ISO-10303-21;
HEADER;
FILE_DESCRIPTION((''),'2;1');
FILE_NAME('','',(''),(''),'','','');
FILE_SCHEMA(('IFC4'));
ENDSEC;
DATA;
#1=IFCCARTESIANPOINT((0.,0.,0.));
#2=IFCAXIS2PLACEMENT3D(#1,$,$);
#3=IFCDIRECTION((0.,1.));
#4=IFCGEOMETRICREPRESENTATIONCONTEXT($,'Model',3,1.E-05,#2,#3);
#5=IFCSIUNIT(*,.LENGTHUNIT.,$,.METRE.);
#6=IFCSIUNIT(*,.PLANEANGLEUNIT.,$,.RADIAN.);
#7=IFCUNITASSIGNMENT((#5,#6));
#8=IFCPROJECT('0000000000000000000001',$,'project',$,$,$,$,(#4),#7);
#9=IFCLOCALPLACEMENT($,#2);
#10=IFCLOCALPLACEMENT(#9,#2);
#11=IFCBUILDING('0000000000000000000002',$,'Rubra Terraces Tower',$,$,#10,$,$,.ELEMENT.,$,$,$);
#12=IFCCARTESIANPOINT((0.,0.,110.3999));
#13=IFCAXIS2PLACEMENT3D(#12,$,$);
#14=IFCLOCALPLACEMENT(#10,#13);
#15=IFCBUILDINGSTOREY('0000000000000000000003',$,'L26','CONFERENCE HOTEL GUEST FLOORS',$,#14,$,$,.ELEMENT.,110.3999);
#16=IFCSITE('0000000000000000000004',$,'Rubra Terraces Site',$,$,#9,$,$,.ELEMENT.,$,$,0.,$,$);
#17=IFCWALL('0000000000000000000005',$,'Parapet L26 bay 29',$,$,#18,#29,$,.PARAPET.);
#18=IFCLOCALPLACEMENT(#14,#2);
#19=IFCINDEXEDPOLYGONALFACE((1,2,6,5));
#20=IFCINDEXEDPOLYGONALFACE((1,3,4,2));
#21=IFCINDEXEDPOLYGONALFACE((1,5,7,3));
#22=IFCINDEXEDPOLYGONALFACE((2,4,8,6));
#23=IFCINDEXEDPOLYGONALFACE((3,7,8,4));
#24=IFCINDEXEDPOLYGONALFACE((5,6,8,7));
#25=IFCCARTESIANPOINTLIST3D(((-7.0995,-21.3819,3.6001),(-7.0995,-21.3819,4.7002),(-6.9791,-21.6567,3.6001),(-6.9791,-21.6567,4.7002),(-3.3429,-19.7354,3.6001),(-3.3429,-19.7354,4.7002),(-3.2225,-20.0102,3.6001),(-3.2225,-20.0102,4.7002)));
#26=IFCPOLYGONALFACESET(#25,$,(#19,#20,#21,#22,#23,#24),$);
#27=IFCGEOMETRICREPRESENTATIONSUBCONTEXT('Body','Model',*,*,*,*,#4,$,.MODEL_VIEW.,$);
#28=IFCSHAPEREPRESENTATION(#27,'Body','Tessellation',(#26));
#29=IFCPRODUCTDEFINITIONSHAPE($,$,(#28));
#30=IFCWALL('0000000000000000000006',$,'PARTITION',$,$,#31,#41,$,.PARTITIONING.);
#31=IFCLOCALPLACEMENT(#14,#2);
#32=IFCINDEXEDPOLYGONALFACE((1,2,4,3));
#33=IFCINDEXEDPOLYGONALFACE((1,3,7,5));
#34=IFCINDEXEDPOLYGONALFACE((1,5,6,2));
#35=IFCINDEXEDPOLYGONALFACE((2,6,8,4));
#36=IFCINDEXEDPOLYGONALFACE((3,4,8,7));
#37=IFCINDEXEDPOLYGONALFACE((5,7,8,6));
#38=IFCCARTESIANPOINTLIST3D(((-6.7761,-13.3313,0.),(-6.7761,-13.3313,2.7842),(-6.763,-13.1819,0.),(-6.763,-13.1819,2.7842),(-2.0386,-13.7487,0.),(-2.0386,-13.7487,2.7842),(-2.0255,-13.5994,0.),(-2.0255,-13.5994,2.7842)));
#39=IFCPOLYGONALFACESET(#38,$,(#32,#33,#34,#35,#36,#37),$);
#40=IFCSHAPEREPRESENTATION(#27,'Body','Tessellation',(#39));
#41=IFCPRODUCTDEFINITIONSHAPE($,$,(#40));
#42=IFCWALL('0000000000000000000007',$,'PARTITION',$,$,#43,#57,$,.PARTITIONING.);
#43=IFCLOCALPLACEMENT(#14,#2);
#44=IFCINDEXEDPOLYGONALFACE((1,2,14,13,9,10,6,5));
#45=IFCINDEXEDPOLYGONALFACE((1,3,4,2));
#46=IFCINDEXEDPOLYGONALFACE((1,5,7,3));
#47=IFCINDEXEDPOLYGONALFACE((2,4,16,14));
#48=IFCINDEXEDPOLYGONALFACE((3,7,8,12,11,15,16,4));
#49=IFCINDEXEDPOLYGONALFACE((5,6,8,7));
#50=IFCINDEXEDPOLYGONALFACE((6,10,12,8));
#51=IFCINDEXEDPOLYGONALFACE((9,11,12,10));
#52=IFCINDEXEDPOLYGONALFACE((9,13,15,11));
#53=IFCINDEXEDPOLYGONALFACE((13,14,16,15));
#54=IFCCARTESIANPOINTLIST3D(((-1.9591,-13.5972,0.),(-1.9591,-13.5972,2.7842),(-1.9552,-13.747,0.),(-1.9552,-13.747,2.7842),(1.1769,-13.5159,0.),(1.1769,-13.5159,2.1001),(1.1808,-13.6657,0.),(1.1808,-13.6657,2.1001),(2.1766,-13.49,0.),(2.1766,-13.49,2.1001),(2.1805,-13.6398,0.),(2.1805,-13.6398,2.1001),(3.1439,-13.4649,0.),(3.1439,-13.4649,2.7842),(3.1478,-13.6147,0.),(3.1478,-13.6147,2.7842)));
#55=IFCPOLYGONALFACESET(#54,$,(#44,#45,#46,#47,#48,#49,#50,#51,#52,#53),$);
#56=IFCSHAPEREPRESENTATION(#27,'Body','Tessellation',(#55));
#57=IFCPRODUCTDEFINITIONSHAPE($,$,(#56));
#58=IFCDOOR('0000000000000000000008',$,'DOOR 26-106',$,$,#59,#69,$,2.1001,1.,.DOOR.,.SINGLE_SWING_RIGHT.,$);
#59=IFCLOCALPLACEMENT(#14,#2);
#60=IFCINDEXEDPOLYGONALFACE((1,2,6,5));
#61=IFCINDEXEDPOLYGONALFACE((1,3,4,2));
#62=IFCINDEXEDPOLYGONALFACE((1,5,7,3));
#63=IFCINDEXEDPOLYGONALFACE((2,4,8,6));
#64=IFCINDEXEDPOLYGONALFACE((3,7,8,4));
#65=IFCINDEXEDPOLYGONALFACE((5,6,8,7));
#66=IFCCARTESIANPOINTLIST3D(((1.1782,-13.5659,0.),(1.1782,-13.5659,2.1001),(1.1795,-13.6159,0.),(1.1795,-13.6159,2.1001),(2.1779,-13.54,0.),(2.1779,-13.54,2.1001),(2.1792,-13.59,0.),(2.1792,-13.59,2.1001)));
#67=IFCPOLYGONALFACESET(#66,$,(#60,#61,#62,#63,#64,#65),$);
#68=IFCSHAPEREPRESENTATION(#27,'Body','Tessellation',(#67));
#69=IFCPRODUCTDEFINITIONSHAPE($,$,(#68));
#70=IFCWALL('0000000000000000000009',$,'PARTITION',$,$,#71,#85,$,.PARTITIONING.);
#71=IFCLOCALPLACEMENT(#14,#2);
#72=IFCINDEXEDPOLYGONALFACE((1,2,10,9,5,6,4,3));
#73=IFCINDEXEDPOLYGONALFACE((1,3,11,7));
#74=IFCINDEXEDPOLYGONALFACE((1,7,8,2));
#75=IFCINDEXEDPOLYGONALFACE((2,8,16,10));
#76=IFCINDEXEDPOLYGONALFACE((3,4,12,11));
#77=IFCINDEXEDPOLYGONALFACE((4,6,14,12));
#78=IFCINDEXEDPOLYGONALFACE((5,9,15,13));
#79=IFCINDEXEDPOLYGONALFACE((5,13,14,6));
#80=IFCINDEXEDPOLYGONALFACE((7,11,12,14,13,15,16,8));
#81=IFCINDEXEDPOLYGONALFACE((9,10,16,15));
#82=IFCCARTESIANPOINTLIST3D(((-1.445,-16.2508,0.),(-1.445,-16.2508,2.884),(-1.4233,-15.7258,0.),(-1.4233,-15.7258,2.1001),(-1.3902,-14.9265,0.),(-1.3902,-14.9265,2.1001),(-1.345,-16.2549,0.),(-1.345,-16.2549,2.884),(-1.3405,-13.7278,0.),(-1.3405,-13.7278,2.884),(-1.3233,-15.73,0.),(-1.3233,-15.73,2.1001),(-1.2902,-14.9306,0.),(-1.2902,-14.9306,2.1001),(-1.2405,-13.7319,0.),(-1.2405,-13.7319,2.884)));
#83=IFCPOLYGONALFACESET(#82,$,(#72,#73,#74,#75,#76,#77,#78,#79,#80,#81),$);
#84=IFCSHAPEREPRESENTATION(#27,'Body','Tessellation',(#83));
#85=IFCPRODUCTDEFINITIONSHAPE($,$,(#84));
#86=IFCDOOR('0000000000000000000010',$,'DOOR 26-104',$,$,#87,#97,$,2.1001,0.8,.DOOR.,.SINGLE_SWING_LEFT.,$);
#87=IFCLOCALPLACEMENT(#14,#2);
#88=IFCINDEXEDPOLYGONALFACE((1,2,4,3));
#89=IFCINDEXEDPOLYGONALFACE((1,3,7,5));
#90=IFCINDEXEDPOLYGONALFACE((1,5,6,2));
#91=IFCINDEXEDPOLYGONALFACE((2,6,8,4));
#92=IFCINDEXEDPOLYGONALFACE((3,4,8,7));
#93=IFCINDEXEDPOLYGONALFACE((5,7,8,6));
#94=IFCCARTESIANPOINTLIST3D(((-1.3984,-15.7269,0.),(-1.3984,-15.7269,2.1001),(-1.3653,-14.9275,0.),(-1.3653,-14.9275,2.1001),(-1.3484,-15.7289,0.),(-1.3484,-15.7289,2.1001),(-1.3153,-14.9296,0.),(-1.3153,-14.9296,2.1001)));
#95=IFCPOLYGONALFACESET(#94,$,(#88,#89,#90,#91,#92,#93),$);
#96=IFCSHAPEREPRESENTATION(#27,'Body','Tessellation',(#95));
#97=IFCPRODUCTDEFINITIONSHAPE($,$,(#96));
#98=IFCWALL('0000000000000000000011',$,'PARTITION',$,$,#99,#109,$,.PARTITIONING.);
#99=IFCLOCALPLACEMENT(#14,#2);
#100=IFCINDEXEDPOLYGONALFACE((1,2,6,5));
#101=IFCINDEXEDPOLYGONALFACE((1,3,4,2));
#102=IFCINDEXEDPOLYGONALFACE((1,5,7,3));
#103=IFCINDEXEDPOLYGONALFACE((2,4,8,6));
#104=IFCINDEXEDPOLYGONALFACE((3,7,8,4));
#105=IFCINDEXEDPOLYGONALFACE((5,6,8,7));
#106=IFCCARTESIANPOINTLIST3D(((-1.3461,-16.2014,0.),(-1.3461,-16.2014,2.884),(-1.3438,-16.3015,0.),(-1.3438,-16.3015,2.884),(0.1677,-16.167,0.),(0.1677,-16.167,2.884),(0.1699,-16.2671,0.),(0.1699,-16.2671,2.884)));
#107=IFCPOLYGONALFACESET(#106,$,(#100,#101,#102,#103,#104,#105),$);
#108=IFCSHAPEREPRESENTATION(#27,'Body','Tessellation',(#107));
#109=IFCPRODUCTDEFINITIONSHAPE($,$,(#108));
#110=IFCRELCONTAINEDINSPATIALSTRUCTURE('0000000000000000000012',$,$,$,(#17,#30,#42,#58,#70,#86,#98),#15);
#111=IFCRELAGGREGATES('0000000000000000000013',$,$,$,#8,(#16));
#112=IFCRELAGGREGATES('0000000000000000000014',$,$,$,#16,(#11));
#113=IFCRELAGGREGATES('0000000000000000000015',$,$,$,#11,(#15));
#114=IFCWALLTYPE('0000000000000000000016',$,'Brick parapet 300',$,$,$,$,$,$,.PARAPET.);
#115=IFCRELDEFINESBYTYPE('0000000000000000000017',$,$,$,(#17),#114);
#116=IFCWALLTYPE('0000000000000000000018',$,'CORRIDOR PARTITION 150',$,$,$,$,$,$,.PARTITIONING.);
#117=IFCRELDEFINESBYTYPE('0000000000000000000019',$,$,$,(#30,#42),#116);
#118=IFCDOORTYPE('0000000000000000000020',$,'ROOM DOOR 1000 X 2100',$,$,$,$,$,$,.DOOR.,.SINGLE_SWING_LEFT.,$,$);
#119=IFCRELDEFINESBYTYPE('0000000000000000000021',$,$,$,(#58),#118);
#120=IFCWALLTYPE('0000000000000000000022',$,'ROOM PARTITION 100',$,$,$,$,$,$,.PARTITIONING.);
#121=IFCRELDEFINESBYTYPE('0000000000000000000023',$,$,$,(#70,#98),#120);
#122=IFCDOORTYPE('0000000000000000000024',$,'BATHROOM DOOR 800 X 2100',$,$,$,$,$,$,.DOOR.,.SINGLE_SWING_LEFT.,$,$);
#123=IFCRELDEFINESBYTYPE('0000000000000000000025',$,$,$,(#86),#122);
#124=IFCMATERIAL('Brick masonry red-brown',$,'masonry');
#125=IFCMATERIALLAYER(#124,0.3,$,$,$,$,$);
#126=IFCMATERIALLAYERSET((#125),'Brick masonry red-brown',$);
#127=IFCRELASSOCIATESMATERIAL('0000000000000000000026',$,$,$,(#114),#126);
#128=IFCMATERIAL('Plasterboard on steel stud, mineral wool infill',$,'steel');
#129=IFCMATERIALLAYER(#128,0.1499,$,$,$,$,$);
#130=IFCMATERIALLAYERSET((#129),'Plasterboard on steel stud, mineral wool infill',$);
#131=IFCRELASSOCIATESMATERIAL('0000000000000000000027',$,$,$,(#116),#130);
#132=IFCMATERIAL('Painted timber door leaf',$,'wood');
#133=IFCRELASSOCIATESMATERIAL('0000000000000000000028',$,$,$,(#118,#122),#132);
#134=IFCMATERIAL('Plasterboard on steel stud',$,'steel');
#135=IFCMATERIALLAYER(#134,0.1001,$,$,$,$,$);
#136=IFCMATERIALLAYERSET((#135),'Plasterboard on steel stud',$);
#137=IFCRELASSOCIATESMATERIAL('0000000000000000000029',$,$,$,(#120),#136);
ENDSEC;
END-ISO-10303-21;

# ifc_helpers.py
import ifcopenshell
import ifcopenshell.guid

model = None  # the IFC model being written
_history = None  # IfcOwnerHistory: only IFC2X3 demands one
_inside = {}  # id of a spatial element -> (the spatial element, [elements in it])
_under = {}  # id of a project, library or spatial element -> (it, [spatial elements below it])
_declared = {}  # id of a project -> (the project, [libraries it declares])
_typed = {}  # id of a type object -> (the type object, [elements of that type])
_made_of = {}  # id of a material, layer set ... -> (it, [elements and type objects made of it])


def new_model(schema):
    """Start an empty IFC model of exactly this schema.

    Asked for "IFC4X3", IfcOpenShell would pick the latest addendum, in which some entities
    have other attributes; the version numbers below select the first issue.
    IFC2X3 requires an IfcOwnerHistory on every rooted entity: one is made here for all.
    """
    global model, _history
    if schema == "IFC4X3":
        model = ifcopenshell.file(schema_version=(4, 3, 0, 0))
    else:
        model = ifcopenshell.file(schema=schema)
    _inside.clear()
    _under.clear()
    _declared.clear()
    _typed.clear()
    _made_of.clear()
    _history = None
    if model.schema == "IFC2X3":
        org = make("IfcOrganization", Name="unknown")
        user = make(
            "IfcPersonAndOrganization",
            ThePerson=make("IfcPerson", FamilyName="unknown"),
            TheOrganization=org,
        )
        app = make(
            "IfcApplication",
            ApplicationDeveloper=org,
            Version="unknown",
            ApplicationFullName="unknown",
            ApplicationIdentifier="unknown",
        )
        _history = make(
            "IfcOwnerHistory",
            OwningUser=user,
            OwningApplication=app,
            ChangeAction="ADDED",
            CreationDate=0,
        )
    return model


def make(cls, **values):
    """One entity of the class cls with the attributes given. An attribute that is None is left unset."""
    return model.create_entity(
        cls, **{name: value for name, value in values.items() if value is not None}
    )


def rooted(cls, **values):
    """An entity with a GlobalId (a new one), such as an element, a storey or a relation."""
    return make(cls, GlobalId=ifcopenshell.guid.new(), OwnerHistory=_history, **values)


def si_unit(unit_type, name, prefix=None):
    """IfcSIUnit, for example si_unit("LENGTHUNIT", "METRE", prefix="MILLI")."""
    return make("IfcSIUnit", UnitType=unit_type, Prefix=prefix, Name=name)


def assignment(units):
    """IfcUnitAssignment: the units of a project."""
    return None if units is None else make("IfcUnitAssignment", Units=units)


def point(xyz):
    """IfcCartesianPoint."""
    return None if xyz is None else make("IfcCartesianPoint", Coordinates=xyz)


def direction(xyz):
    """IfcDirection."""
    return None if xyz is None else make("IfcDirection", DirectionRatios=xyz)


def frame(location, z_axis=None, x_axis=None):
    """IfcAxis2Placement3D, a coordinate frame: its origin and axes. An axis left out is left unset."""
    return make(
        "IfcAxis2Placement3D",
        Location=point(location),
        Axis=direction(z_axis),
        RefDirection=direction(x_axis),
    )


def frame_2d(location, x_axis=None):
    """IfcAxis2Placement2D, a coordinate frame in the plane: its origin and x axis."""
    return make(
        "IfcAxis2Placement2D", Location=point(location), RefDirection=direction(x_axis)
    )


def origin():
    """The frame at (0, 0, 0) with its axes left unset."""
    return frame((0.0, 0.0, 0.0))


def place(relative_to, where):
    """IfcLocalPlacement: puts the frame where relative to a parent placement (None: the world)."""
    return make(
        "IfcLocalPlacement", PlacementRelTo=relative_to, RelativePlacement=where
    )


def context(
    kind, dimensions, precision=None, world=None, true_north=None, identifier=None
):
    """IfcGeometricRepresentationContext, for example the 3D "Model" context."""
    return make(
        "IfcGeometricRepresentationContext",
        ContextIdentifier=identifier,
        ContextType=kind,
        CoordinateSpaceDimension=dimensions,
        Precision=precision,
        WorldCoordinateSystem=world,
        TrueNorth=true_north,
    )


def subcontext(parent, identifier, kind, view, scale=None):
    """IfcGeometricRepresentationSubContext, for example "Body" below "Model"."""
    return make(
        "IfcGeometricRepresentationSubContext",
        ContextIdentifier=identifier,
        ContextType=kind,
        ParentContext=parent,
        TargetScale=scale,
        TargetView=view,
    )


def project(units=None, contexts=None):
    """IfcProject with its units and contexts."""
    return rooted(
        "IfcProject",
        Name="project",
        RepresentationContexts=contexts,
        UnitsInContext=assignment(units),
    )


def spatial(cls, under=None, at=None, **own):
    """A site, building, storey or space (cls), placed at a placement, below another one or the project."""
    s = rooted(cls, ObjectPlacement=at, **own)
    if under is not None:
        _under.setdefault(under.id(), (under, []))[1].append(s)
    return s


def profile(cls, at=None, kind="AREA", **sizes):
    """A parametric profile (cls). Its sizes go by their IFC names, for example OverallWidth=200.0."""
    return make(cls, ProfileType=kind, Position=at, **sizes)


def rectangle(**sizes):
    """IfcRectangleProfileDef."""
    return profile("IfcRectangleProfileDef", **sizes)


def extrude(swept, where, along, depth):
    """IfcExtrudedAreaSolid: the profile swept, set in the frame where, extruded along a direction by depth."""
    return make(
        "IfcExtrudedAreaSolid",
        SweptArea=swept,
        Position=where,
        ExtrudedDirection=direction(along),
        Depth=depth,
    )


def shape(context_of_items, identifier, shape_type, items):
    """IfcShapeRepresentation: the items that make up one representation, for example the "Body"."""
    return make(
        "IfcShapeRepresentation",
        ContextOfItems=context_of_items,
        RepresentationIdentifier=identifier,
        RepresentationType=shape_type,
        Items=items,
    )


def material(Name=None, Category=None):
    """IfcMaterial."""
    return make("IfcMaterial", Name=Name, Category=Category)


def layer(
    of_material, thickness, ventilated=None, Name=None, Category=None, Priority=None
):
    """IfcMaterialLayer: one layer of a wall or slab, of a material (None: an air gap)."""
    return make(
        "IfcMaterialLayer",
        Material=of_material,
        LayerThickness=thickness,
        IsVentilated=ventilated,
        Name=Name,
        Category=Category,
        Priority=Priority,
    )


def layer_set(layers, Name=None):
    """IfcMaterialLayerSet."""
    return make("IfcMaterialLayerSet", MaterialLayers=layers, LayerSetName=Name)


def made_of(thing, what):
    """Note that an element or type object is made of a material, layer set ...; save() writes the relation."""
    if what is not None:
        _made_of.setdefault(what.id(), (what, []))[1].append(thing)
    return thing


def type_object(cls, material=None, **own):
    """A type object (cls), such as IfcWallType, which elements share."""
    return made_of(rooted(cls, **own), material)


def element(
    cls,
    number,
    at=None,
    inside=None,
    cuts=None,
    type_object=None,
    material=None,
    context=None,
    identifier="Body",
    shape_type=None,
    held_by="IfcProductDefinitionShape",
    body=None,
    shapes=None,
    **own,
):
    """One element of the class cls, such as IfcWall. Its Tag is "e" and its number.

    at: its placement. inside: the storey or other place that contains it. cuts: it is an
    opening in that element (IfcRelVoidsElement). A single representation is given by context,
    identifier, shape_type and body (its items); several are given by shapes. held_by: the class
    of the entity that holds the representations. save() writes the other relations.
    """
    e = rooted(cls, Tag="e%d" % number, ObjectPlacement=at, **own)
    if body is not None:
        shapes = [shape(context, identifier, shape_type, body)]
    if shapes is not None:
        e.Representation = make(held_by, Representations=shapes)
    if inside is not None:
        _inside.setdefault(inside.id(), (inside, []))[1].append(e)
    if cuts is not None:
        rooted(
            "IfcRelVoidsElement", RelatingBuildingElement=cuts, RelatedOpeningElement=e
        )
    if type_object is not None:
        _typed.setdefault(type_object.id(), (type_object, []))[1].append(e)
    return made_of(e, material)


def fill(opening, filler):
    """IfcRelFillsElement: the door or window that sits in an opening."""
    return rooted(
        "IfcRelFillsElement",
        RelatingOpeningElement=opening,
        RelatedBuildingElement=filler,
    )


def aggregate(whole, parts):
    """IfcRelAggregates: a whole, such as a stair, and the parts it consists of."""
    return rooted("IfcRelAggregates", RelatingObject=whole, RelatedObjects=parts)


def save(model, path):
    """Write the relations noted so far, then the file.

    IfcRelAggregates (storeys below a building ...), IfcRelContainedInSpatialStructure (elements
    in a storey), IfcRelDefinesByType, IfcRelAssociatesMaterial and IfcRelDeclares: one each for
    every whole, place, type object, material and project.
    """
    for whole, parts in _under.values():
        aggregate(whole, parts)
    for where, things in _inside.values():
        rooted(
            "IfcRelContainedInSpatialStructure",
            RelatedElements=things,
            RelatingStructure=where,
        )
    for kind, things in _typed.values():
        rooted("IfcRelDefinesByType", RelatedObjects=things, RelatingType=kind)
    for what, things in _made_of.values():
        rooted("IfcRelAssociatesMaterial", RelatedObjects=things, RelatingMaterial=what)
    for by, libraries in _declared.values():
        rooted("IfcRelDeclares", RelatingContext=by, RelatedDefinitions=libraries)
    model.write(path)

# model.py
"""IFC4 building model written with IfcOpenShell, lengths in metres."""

from ifc_helpers import new_model, si_unit, direction, frame, frame_2d, origin, place, context, subcontext, project, spatial, rectangle, extrude, material, layer, layer_set, type_object, element, fill, save


model = new_model("IFC4")

# Units and contexts
model_context = context("Model", 3, precision=1e-05, world=origin(), true_north=direction((0.0, 1.0)))
body_context = subcontext(model_context, "Body", "Model", "MODEL_VIEW")
ifc_project = project(units=[si_unit("LENGTHUNIT", "METRE"), si_unit("PLANEANGLEUNIT", "RADIAN")], contexts=[model_context])

# Site, building, storey
site_placement = place(None, origin())
site = spatial("IfcSite", under=ifc_project, at=site_placement, Name="Rubra Terraces Site", CompositionType="ELEMENT", RefElevation=0.0)
building_placement = place(site_placement, origin())
building = spatial("IfcBuilding", under=site, at=building_placement, Name="Rubra Terraces Tower", CompositionType="ELEMENT")
storey_placement = place(building_placement, frame((0.0, 0.0, 110.3999)))
storey = spatial("IfcBuildingStorey", under=building, at=storey_placement, Name="L26", Description="CONFERENCE HOTEL GUEST FLOORS", CompositionType="ELEMENT", Elevation=110.3999)

# Shared definitions
ifc_material_1 = material(Name="Brick masonry red-brown", Category="masonry")

# Walls
ifc_layer_1 = layer(ifc_material_1, 0.3)
ifc_layer_set_1 = layer_set([ifc_layer_1], Name="Brick masonry red-brown")
wall_type_1 = type_object("IfcWallType", Name="Brick parapet 300", PredefinedType="PARAPET", material=ifc_layer_set_1)
wall_1_placement = place(storey_placement, frame((-7.0393, -21.5193, 3.6001), z_axis=(0.0, 0.0, 1.0), x_axis=(0.915891, 0.401428, 0.0)))
element("IfcWall", 1, at=wall_1_placement, inside=storey, type_object=wall_type_1, Name="Parapet L26 bay 29", PredefinedType="PARAPET", context=body_context, shape_type="SweptSolid", body=[
    extrude(rectangle(XDim=4.1016, YDim=0.3, at=frame_2d((2.0508, 0.0))), origin(), (0.0, 0.0, 1.0), 1.1001),
])
ifc_material_2 = material(Name="Plasterboard on steel stud, mineral wool infill", Category="steel")
ifc_layer_2 = layer(ifc_material_2, 0.1499)
ifc_layer_set_2 = layer_set([ifc_layer_2], Name="Plasterboard on steel stud, mineral wool infill")
wall_type_2 = type_object("IfcWallType", Name="CORRIDOR PARTITION 150", PredefinedType="PARTITIONING", material=ifc_layer_set_2)
wall_2_placement = place(storey_placement, frame((-6.7695, -13.2566, 0.0), z_axis=(0.0, 0.0, 1.0), x_axis=(0.99614, -0.087781, 0.0)))
element("IfcWall", 2, at=wall_2_placement, inside=storey, type_object=wall_type_2, Name="PARTITION", PredefinedType="PARTITIONING", context=body_context, shape_type="SweptSolid", body=[
    extrude(rectangle(XDim=4.7559, YDim=0.1499, at=frame_2d((2.3779, 0.0))), origin(), (0.0, 0.0, 1.0), 2.7842),
])

# Walls, openings, doors
wall_3_placement = place(storey_placement, frame((-1.957, -13.6721, 0.0), z_axis=(0.0, 0.0, 1.0), x_axis=(0.999664, 0.025922, 0.0)))
wall_3 = element("IfcWall", 3, at=wall_3_placement, inside=storey, type_object=wall_type_2, Name="PARTITION", PredefinedType="PARTITIONING", context=body_context, shape_type="SweptSolid", body=[
    extrude(rectangle(XDim=5.1047, YDim=0.1499, at=frame_2d((2.5522, 0.0))), origin(), (0.0, 0.0, 1.0), 2.7842),
])
opening_1_placement = place(wall_3_placement, frame((3.137, 0.0, 0.0)))
opening_1 = element("IfcOpeningElement", 4, at=opening_1_placement, cuts=wall_3, PredefinedType="OPENING", context=body_context, shape_type="SweptSolid", body=[
    extrude(rectangle(XDim=1.0, YDim=2.1001, at=frame_2d((0.5, 1.05))), frame((0.0, 0.085, 0.0), z_axis=(0.0, -1.0, 0.0), x_axis=(1.0, 0.0, 0.0)), (0.0, 0.0, 1.0), 0.1699),
])
ifc_material_3 = material(Name="Painted timber door leaf", Category="wood")
door_type_1 = type_object("IfcDoorType", Name="ROOM DOOR 1000 X 2100", OperationType="SINGLE_SWING_LEFT", PredefinedType="DOOR", material=ifc_material_3)
door_1_placement = place(opening_1_placement, origin())
door_1 = element("IfcDoor", 5, at=door_1_placement, inside=storey, type_object=door_type_1, Name="DOOR 26-106", OperationType="SINGLE_SWING_RIGHT", OverallHeight=2.1001, OverallWidth=1.0, PredefinedType="DOOR", context=body_context, shape_type="SweptSolid", body=[
    extrude(rectangle(XDim=1.0, YDim=2.1001, at=frame_2d((0.5, 1.05))), frame((0.0, 0.0249, 0.0), z_axis=(0.0, -1.0, 0.0), x_axis=(1.0, 0.0, 0.0)), (0.0, 0.0, 1.0), 0.05),
])
fill(opening_1, door_1)
ifc_material_4 = material(Name="Plasterboard on steel stud", Category="steel")
ifc_layer_3 = layer(ifc_material_4, 0.1001)
ifc_layer_set_3 = layer_set([ifc_layer_3], Name="Plasterboard on steel stud")
wall_type_3 = type_object("IfcWallType", Name="ROOM PARTITION 100", PredefinedType="PARTITIONING", material=ifc_layer_set_3)
wall_4_placement = place(storey_placement, frame((-1.2905, -13.7297, 0.0), z_axis=(0.0, 0.0, 1.0), x_axis=(-0.041381, -0.999143, 0.0)))
wall_4 = element("IfcWall", 6, at=wall_4_placement, inside=storey, type_object=wall_type_3, Name="PARTITION", PredefinedType="PARTITIONING", context=body_context, shape_type="SweptSolid", body=[
    extrude(rectangle(XDim=2.5251, YDim=0.1001, at=frame_2d((1.2627, 0.0))), origin(), (0.0, 0.0, 1.0), 2.884),
])
opening_2_placement = place(wall_4_placement, frame((1.2, 0.0, 0.0)))
opening_2 = element("IfcOpeningElement", 7, at=opening_2_placement, cuts=wall_4, PredefinedType="OPENING", context=body_context, shape_type="SweptSolid", body=[
    extrude(rectangle(XDim=0.8, YDim=2.1001, at=frame_2d((0.3999, 1.05))), frame((0.0, 0.0601, 0.0), z_axis=(0.0, -1.0, 0.0), x_axis=(1.0, 0.0, 0.0)), (0.0, 0.0, 1.0), 0.1201),
])
door_type_2 = type_object("IfcDoorType", Name="BATHROOM DOOR 800 X 2100", OperationType="SINGLE_SWING_LEFT", PredefinedType="DOOR", material=ifc_material_3)
door_2_placement = place(opening_2_placement, origin())
door_2 = element("IfcDoor", 8, at=door_2_placement, inside=storey, type_object=door_type_2, Name="DOOR 26-104", OperationType="SINGLE_SWING_LEFT", OverallHeight=2.1001, OverallWidth=0.8, PredefinedType="DOOR", context=body_context, shape_type="SweptSolid", body=[
    extrude(rectangle(XDim=0.8, YDim=2.1001, at=frame_2d((0.3999, 1.05))), frame((0.0, 0.0249, 0.0), z_axis=(0.0, -1.0, 0.0), x_axis=(1.0, 0.0, 0.0)), (0.0, 0.0, 1.0), 0.05),
])
fill(opening_2, door_2)

# Wall
wall_5_placement = place(storey_placement, frame((-1.345, -16.2515, 0.0), z_axis=(0.0, 0.0, 1.0), x_axis=(0.999742, 0.022736, 0.0)))
element("IfcWall", 9, at=wall_5_placement, inside=storey, type_object=wall_type_3, Name="PARTITION", PredefinedType="PARTITIONING", context=body_context, shape_type="SweptSolid", body=[
    extrude(rectangle(XDim=1.5142, YDim=0.1001, at=frame_2d((0.7571, 0.0))), origin(), (0.0, 0.0, 1.0), 2.884),
])

save(model, "model.ifc")
